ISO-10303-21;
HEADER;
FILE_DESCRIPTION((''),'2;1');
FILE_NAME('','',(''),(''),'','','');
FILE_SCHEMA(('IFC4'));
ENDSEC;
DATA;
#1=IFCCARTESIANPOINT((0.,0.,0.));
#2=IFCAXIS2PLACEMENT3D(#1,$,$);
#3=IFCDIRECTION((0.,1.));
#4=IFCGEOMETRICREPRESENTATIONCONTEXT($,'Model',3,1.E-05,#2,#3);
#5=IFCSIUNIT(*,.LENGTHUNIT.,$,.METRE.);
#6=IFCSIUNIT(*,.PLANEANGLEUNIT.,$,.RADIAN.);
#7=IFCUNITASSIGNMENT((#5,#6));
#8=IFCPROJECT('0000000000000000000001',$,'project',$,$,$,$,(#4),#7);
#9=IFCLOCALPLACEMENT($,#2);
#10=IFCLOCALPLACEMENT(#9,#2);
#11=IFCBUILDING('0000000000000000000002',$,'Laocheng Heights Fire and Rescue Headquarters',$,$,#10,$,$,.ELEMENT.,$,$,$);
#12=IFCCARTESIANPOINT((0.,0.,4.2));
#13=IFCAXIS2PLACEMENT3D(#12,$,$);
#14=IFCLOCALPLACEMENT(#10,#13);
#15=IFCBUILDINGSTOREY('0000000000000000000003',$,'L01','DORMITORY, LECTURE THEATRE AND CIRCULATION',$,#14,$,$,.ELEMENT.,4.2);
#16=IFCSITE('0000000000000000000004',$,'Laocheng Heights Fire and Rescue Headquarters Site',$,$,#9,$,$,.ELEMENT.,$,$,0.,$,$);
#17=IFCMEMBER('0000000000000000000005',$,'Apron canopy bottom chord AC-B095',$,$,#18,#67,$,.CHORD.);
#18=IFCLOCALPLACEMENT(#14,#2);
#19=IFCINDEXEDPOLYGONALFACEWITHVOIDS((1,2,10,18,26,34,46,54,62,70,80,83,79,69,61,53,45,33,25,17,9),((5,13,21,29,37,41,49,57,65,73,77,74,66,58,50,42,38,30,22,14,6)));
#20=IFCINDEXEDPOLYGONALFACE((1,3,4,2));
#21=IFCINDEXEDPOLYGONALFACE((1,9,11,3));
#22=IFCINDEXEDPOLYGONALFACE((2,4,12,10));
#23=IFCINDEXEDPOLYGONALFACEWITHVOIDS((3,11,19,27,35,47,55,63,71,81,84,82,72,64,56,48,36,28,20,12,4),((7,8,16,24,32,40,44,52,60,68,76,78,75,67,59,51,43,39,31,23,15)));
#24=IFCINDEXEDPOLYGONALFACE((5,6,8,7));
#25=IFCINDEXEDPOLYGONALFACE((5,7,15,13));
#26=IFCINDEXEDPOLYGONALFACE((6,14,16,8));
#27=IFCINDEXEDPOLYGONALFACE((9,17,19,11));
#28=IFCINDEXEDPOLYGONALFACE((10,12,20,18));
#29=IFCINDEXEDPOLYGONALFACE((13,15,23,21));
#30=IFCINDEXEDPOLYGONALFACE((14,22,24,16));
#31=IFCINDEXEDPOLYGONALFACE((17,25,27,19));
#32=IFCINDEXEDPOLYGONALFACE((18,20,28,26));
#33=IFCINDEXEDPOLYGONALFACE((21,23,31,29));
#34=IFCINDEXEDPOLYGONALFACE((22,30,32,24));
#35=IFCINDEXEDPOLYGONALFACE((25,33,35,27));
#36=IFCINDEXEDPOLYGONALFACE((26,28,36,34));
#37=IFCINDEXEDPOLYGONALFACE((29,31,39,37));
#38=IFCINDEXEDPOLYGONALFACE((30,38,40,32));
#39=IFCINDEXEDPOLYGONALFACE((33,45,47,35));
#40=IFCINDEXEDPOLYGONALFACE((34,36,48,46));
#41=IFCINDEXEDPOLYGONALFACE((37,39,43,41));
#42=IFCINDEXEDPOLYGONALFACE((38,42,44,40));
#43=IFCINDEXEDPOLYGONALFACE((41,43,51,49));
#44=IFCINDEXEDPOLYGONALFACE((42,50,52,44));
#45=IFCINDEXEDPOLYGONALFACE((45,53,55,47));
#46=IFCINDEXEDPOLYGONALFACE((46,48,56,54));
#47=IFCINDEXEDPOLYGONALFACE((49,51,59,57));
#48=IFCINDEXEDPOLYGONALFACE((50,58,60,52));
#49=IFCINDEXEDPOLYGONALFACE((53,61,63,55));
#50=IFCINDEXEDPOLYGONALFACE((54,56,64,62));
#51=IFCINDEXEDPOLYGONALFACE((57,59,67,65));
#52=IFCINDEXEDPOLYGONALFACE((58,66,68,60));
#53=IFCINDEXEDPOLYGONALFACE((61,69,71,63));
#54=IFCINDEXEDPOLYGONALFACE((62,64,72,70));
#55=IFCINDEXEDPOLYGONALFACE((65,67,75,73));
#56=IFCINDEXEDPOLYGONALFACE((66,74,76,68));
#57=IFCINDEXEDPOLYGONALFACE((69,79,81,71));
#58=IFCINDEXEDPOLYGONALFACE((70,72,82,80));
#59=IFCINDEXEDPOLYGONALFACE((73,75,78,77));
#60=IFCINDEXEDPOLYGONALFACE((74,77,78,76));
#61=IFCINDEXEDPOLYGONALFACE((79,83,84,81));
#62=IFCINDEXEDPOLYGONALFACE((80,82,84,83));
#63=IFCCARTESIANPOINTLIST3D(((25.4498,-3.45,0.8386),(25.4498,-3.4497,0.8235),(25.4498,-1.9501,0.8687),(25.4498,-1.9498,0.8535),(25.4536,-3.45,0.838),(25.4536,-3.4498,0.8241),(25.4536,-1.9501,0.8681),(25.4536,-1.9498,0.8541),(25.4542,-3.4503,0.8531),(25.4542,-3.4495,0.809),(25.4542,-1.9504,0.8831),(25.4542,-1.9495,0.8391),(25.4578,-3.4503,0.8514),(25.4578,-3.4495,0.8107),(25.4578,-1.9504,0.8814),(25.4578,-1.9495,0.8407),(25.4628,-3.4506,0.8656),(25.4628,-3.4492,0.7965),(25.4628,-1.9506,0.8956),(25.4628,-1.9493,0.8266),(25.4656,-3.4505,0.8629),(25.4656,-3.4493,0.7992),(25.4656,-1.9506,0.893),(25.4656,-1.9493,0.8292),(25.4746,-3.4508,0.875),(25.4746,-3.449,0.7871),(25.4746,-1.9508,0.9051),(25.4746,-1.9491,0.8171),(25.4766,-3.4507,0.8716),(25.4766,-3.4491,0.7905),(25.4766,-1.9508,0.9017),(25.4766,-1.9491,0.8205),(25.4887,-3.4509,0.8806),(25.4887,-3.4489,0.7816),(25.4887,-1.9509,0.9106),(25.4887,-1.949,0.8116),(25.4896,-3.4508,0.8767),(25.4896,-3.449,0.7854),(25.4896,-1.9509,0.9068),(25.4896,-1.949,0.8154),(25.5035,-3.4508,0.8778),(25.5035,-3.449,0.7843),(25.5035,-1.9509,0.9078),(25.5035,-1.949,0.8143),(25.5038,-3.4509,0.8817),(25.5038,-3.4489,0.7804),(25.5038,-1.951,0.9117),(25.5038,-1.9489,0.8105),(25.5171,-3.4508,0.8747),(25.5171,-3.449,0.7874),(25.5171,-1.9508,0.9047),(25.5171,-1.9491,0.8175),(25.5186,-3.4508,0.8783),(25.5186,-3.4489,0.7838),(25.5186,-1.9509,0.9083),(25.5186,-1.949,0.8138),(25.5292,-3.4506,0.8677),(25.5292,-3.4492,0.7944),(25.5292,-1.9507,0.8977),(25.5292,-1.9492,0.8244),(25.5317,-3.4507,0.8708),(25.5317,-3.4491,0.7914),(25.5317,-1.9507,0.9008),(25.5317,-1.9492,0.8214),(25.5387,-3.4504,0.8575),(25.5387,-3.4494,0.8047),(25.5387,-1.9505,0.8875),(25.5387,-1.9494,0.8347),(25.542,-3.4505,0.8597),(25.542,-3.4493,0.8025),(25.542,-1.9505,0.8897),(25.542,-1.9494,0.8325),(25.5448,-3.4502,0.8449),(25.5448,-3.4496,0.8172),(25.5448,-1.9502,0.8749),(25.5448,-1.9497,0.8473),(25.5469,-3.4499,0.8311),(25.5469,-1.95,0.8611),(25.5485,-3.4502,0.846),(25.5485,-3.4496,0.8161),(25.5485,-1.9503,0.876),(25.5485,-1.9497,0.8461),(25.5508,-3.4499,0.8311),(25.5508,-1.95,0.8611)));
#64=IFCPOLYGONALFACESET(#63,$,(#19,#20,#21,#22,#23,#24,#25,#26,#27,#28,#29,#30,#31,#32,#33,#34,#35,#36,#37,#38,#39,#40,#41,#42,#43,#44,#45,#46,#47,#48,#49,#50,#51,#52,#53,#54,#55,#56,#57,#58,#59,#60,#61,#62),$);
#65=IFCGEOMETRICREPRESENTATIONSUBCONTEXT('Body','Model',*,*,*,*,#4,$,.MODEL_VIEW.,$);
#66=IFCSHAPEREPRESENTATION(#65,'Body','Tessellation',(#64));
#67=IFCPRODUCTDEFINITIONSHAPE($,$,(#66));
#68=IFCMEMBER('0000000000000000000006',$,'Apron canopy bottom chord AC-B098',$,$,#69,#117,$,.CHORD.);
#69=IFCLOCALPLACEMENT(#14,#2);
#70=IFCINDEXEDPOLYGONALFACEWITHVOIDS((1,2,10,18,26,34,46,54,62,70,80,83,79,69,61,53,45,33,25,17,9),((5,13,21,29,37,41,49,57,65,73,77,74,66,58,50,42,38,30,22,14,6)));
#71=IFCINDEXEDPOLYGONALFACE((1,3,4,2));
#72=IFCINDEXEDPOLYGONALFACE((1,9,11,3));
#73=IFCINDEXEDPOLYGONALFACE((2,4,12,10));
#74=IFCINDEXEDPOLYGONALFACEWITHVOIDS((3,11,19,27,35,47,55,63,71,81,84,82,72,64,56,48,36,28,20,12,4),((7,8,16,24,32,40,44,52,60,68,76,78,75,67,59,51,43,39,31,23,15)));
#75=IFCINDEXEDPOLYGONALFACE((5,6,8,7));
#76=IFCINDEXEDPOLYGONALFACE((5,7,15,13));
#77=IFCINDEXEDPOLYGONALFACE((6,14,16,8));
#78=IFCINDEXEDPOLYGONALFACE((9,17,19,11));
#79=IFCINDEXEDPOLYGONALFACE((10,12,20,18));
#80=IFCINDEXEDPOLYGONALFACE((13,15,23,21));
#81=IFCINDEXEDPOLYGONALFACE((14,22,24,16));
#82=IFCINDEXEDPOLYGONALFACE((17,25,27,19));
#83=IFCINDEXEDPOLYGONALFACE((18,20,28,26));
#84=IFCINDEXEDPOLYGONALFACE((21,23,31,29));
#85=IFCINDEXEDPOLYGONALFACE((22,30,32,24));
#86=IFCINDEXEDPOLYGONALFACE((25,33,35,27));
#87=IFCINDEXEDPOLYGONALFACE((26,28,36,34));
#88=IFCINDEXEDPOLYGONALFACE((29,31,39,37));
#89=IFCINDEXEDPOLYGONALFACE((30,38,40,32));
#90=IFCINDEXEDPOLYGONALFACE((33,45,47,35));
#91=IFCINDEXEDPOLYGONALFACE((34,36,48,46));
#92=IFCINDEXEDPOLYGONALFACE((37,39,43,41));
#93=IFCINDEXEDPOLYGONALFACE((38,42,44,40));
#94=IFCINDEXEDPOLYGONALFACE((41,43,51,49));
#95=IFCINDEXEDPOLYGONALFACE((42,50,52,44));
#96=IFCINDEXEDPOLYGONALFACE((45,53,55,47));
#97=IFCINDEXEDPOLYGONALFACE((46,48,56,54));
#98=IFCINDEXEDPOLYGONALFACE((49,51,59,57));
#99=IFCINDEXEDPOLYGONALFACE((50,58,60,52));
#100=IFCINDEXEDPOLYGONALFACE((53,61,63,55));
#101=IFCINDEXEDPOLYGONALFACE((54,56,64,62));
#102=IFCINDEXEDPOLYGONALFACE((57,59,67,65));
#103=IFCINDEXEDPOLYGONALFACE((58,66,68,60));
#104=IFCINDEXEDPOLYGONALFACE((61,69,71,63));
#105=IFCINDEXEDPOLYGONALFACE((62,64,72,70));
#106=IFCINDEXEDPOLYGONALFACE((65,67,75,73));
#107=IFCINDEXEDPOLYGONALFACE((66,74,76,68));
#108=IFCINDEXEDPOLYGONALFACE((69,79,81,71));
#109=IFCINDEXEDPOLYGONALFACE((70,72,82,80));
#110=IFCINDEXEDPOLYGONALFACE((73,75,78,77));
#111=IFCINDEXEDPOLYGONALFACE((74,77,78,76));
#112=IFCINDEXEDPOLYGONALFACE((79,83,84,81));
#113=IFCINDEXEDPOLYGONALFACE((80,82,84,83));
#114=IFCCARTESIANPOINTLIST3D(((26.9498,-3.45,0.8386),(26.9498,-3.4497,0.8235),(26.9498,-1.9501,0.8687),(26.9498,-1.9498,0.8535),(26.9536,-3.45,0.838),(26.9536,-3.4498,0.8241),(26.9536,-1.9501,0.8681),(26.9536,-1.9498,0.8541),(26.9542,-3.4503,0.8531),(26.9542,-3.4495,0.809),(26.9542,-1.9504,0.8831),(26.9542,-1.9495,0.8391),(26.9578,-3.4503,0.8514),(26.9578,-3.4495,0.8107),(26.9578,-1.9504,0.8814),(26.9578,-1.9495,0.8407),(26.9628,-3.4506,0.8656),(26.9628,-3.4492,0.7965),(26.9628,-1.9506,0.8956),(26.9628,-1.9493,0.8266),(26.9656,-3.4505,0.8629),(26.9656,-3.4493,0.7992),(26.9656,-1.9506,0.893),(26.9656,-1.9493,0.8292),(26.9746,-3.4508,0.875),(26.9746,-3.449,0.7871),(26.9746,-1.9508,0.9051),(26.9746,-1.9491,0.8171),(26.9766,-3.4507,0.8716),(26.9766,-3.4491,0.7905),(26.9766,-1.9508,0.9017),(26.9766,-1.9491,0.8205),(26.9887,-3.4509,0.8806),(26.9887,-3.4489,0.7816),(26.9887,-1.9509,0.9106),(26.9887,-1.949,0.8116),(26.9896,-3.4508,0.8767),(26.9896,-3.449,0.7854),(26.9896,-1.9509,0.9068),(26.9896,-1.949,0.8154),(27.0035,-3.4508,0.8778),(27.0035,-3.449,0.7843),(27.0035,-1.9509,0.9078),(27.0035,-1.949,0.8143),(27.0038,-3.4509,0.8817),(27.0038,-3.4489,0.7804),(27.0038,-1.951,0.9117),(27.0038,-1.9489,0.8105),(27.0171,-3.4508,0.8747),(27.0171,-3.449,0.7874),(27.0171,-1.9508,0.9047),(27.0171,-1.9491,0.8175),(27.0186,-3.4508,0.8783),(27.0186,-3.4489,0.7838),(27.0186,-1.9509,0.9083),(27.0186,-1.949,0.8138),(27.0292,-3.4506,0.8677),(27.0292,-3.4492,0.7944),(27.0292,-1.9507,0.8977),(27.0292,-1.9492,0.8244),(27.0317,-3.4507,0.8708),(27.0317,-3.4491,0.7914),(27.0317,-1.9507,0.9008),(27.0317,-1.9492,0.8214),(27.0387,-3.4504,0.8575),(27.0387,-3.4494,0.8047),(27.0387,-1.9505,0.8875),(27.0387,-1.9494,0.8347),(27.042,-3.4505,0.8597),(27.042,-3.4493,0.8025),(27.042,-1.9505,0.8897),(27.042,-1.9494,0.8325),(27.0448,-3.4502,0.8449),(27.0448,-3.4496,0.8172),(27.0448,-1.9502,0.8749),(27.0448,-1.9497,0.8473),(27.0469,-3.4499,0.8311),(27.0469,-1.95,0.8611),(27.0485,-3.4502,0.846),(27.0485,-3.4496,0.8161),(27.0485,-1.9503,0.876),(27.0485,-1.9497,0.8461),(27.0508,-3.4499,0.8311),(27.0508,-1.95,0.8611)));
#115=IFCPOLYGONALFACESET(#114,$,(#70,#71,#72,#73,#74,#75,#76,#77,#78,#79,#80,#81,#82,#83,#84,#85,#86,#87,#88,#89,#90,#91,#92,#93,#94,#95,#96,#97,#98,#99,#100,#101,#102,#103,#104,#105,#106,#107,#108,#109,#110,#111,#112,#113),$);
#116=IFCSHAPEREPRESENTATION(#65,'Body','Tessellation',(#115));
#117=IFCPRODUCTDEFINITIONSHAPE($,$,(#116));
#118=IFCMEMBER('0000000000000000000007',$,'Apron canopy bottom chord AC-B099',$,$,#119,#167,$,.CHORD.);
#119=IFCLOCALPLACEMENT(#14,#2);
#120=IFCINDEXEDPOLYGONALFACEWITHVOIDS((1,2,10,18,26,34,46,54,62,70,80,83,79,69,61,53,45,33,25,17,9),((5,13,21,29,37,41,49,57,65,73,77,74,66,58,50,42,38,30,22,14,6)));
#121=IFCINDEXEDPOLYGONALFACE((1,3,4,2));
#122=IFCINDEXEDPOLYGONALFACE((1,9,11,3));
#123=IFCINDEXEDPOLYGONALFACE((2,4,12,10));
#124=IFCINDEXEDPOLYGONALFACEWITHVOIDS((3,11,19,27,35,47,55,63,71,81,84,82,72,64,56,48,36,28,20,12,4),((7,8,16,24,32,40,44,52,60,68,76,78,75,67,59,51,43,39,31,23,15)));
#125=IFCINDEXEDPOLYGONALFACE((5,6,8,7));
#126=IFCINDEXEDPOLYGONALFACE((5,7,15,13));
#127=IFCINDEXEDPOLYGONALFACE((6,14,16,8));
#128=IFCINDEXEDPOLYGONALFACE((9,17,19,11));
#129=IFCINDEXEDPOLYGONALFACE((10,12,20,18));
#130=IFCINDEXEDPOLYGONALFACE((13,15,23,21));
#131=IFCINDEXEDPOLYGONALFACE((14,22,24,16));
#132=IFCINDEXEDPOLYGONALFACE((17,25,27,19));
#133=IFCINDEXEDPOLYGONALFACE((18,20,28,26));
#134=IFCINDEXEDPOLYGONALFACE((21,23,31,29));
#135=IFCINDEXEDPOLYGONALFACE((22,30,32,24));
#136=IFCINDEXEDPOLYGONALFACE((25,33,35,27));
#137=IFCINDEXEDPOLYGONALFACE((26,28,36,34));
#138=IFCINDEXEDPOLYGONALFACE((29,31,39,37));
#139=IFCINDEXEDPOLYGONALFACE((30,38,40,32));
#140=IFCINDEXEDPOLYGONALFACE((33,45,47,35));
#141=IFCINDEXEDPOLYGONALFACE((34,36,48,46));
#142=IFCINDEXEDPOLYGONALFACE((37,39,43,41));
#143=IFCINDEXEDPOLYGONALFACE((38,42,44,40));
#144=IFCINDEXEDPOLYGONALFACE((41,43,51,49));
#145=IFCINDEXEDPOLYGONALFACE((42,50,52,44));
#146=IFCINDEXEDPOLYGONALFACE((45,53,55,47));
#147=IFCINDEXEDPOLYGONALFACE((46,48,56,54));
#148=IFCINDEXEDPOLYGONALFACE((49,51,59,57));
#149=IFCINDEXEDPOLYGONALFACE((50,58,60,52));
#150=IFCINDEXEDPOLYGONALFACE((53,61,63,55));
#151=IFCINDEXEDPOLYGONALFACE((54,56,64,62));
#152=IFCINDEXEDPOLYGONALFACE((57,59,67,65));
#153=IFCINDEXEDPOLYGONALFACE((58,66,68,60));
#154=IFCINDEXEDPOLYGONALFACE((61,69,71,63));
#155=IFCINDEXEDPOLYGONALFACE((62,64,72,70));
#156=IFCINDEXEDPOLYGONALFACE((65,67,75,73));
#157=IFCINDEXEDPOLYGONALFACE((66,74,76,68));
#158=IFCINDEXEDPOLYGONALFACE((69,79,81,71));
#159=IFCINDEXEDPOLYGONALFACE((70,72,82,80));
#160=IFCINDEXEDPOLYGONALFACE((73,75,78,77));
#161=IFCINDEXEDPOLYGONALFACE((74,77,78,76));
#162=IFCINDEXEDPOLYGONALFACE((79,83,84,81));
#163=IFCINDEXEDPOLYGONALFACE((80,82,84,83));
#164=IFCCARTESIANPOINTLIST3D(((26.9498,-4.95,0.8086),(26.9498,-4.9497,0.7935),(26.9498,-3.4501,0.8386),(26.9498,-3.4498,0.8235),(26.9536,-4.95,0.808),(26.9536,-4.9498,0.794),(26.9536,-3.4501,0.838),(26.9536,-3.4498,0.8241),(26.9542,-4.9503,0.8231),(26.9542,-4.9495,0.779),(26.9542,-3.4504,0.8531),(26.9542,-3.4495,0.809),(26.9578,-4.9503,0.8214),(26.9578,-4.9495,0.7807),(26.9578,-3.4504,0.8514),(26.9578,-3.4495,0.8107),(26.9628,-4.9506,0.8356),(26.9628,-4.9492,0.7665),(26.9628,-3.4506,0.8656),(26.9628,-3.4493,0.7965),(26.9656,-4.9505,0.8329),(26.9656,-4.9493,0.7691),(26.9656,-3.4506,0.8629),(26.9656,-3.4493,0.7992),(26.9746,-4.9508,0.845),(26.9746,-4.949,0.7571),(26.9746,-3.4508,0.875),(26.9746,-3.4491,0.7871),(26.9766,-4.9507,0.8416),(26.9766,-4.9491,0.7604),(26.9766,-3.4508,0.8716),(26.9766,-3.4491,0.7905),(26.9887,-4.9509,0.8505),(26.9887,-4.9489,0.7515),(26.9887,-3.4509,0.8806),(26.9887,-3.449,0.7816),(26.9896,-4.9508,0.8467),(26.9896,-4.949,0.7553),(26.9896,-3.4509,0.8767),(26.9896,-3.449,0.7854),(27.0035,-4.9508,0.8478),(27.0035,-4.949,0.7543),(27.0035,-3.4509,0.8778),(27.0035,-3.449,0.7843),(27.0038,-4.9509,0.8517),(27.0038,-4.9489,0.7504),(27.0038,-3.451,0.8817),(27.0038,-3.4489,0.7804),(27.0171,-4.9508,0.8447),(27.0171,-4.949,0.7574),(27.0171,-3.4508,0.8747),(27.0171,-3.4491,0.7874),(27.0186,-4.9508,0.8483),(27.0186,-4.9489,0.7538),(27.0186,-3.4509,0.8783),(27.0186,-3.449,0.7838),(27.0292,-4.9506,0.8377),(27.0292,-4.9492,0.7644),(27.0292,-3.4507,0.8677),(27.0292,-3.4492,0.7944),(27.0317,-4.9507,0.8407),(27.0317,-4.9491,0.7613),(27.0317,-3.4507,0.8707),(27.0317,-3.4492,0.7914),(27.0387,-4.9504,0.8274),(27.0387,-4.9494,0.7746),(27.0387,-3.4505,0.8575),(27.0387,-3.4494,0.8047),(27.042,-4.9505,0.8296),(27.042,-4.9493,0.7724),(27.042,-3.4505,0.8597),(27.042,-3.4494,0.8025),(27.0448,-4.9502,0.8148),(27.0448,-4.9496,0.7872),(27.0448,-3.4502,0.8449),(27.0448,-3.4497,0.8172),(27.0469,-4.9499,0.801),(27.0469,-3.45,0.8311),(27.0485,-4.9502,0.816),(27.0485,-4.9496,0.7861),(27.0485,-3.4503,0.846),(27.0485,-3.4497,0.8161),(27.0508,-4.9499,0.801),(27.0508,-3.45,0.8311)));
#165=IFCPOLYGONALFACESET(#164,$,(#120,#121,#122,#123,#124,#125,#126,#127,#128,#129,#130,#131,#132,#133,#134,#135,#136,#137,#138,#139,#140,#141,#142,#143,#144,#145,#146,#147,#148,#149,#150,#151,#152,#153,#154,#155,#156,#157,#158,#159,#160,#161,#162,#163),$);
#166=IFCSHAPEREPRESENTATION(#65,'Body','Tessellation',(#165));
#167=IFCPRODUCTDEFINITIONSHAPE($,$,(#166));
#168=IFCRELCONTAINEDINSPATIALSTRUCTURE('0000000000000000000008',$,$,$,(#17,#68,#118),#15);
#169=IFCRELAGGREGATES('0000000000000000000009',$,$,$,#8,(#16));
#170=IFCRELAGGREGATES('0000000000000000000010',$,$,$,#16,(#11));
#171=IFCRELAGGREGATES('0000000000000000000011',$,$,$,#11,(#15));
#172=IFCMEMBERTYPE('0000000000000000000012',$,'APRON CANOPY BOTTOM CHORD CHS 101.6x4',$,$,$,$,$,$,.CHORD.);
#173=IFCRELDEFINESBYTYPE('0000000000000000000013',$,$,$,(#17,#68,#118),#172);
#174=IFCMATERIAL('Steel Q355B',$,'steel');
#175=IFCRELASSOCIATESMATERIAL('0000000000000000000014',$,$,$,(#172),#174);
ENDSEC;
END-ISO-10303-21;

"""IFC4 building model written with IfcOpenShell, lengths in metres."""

from ifc_helpers import new_model, si_unit, direction, frame, origin, origin_2d, place, context, subcontext, project, spatial, hollow_circle, extrude, material, material_profile, profile_set, type_object, element, save


model = new_model("IFC4")

# Units and contexts
model_context = context("Model", 3, precision=1e-05, world=origin(), true_north=direction((0.0, 1.0)))
body_context = subcontext(model_context, "Body", "Model", "MODEL_VIEW")
ifc_project = project(units=[si_unit("LENGTHUNIT", "METRE"), si_unit("PLANEANGLEUNIT", "RADIAN")], contexts=[model_context])

# Site, building, storey
site_placement = place(None, origin())
site = spatial("IfcSite", under=ifc_project, at=site_placement, Name="Laocheng Heights Fire and Rescue Headquarters Site", CompositionType="ELEMENT", RefElevation=0.0)
building_placement = place(site_placement, origin())
building = spatial("IfcBuilding", under=site, at=building_placement, Name="Laocheng Heights Fire and Rescue Headquarters", CompositionType="ELEMENT")
storey_placement = place(building_placement, frame((0.0, 0.0, 4.2)))
storey = spatial("IfcBuildingStorey", under=building, at=storey_placement, Name="L01", Description="DORMITORY, LECTURE THEATRE AND CIRCULATION", CompositionType="ELEMENT", Elevation=4.2)

# Members
ifc_material_1 = material(Name="Steel Q355B", Category="steel")
ifc_material_profile_1 = material_profile(ifc_material_1, hollow_circle(Radius=0.0508, WallThickness=0.0039, at=origin_2d()), Name="CHS 101.6x4")
ifc_profile_set_1 = profile_set([ifc_material_profile_1], Name="Steel Q355B")
member_type_1 = type_object("IfcMemberType", Name="APRON CANOPY BOTTOM CHORD CHS 101.6x4", PredefinedType="CHORD", material=ifc_profile_set_1)
for number, where, z_axis, x_axis, name in (
    (1, (25.5, -1.95, 0.8611), (0.0, -0.9998, -0.020016), (1.0, 0.0, 0.0), "Apron canopy bottom chord AC-B095"),
    (2, (27.0, -1.95, 0.8611), (0.0, -0.9998, -0.020016), (1.0, 0.0, 0.0), "Apron canopy bottom chord AC-B098"),
    (3, (27.0, -3.45, 0.8311), (0.0, -0.9998, -0.020016), (1.0, 0.0, 0.0), "Apron canopy bottom chord AC-B099"),
):
    element("IfcMember", number, at=place(storey_placement, frame(where, z_axis=z_axis, x_axis=x_axis)), inside=storey, type_object=member_type_1, Name=name, PredefinedType="CHORD", context=body_context, shape_type="SweptSolid", body=[
        extrude(hollow_circle(Radius=0.0508, WallThickness=0.0039, at=origin_2d()), origin(), (0.0, 0.0, 1.0), 1.5002),
    ])

save(model, "model.ifc")
